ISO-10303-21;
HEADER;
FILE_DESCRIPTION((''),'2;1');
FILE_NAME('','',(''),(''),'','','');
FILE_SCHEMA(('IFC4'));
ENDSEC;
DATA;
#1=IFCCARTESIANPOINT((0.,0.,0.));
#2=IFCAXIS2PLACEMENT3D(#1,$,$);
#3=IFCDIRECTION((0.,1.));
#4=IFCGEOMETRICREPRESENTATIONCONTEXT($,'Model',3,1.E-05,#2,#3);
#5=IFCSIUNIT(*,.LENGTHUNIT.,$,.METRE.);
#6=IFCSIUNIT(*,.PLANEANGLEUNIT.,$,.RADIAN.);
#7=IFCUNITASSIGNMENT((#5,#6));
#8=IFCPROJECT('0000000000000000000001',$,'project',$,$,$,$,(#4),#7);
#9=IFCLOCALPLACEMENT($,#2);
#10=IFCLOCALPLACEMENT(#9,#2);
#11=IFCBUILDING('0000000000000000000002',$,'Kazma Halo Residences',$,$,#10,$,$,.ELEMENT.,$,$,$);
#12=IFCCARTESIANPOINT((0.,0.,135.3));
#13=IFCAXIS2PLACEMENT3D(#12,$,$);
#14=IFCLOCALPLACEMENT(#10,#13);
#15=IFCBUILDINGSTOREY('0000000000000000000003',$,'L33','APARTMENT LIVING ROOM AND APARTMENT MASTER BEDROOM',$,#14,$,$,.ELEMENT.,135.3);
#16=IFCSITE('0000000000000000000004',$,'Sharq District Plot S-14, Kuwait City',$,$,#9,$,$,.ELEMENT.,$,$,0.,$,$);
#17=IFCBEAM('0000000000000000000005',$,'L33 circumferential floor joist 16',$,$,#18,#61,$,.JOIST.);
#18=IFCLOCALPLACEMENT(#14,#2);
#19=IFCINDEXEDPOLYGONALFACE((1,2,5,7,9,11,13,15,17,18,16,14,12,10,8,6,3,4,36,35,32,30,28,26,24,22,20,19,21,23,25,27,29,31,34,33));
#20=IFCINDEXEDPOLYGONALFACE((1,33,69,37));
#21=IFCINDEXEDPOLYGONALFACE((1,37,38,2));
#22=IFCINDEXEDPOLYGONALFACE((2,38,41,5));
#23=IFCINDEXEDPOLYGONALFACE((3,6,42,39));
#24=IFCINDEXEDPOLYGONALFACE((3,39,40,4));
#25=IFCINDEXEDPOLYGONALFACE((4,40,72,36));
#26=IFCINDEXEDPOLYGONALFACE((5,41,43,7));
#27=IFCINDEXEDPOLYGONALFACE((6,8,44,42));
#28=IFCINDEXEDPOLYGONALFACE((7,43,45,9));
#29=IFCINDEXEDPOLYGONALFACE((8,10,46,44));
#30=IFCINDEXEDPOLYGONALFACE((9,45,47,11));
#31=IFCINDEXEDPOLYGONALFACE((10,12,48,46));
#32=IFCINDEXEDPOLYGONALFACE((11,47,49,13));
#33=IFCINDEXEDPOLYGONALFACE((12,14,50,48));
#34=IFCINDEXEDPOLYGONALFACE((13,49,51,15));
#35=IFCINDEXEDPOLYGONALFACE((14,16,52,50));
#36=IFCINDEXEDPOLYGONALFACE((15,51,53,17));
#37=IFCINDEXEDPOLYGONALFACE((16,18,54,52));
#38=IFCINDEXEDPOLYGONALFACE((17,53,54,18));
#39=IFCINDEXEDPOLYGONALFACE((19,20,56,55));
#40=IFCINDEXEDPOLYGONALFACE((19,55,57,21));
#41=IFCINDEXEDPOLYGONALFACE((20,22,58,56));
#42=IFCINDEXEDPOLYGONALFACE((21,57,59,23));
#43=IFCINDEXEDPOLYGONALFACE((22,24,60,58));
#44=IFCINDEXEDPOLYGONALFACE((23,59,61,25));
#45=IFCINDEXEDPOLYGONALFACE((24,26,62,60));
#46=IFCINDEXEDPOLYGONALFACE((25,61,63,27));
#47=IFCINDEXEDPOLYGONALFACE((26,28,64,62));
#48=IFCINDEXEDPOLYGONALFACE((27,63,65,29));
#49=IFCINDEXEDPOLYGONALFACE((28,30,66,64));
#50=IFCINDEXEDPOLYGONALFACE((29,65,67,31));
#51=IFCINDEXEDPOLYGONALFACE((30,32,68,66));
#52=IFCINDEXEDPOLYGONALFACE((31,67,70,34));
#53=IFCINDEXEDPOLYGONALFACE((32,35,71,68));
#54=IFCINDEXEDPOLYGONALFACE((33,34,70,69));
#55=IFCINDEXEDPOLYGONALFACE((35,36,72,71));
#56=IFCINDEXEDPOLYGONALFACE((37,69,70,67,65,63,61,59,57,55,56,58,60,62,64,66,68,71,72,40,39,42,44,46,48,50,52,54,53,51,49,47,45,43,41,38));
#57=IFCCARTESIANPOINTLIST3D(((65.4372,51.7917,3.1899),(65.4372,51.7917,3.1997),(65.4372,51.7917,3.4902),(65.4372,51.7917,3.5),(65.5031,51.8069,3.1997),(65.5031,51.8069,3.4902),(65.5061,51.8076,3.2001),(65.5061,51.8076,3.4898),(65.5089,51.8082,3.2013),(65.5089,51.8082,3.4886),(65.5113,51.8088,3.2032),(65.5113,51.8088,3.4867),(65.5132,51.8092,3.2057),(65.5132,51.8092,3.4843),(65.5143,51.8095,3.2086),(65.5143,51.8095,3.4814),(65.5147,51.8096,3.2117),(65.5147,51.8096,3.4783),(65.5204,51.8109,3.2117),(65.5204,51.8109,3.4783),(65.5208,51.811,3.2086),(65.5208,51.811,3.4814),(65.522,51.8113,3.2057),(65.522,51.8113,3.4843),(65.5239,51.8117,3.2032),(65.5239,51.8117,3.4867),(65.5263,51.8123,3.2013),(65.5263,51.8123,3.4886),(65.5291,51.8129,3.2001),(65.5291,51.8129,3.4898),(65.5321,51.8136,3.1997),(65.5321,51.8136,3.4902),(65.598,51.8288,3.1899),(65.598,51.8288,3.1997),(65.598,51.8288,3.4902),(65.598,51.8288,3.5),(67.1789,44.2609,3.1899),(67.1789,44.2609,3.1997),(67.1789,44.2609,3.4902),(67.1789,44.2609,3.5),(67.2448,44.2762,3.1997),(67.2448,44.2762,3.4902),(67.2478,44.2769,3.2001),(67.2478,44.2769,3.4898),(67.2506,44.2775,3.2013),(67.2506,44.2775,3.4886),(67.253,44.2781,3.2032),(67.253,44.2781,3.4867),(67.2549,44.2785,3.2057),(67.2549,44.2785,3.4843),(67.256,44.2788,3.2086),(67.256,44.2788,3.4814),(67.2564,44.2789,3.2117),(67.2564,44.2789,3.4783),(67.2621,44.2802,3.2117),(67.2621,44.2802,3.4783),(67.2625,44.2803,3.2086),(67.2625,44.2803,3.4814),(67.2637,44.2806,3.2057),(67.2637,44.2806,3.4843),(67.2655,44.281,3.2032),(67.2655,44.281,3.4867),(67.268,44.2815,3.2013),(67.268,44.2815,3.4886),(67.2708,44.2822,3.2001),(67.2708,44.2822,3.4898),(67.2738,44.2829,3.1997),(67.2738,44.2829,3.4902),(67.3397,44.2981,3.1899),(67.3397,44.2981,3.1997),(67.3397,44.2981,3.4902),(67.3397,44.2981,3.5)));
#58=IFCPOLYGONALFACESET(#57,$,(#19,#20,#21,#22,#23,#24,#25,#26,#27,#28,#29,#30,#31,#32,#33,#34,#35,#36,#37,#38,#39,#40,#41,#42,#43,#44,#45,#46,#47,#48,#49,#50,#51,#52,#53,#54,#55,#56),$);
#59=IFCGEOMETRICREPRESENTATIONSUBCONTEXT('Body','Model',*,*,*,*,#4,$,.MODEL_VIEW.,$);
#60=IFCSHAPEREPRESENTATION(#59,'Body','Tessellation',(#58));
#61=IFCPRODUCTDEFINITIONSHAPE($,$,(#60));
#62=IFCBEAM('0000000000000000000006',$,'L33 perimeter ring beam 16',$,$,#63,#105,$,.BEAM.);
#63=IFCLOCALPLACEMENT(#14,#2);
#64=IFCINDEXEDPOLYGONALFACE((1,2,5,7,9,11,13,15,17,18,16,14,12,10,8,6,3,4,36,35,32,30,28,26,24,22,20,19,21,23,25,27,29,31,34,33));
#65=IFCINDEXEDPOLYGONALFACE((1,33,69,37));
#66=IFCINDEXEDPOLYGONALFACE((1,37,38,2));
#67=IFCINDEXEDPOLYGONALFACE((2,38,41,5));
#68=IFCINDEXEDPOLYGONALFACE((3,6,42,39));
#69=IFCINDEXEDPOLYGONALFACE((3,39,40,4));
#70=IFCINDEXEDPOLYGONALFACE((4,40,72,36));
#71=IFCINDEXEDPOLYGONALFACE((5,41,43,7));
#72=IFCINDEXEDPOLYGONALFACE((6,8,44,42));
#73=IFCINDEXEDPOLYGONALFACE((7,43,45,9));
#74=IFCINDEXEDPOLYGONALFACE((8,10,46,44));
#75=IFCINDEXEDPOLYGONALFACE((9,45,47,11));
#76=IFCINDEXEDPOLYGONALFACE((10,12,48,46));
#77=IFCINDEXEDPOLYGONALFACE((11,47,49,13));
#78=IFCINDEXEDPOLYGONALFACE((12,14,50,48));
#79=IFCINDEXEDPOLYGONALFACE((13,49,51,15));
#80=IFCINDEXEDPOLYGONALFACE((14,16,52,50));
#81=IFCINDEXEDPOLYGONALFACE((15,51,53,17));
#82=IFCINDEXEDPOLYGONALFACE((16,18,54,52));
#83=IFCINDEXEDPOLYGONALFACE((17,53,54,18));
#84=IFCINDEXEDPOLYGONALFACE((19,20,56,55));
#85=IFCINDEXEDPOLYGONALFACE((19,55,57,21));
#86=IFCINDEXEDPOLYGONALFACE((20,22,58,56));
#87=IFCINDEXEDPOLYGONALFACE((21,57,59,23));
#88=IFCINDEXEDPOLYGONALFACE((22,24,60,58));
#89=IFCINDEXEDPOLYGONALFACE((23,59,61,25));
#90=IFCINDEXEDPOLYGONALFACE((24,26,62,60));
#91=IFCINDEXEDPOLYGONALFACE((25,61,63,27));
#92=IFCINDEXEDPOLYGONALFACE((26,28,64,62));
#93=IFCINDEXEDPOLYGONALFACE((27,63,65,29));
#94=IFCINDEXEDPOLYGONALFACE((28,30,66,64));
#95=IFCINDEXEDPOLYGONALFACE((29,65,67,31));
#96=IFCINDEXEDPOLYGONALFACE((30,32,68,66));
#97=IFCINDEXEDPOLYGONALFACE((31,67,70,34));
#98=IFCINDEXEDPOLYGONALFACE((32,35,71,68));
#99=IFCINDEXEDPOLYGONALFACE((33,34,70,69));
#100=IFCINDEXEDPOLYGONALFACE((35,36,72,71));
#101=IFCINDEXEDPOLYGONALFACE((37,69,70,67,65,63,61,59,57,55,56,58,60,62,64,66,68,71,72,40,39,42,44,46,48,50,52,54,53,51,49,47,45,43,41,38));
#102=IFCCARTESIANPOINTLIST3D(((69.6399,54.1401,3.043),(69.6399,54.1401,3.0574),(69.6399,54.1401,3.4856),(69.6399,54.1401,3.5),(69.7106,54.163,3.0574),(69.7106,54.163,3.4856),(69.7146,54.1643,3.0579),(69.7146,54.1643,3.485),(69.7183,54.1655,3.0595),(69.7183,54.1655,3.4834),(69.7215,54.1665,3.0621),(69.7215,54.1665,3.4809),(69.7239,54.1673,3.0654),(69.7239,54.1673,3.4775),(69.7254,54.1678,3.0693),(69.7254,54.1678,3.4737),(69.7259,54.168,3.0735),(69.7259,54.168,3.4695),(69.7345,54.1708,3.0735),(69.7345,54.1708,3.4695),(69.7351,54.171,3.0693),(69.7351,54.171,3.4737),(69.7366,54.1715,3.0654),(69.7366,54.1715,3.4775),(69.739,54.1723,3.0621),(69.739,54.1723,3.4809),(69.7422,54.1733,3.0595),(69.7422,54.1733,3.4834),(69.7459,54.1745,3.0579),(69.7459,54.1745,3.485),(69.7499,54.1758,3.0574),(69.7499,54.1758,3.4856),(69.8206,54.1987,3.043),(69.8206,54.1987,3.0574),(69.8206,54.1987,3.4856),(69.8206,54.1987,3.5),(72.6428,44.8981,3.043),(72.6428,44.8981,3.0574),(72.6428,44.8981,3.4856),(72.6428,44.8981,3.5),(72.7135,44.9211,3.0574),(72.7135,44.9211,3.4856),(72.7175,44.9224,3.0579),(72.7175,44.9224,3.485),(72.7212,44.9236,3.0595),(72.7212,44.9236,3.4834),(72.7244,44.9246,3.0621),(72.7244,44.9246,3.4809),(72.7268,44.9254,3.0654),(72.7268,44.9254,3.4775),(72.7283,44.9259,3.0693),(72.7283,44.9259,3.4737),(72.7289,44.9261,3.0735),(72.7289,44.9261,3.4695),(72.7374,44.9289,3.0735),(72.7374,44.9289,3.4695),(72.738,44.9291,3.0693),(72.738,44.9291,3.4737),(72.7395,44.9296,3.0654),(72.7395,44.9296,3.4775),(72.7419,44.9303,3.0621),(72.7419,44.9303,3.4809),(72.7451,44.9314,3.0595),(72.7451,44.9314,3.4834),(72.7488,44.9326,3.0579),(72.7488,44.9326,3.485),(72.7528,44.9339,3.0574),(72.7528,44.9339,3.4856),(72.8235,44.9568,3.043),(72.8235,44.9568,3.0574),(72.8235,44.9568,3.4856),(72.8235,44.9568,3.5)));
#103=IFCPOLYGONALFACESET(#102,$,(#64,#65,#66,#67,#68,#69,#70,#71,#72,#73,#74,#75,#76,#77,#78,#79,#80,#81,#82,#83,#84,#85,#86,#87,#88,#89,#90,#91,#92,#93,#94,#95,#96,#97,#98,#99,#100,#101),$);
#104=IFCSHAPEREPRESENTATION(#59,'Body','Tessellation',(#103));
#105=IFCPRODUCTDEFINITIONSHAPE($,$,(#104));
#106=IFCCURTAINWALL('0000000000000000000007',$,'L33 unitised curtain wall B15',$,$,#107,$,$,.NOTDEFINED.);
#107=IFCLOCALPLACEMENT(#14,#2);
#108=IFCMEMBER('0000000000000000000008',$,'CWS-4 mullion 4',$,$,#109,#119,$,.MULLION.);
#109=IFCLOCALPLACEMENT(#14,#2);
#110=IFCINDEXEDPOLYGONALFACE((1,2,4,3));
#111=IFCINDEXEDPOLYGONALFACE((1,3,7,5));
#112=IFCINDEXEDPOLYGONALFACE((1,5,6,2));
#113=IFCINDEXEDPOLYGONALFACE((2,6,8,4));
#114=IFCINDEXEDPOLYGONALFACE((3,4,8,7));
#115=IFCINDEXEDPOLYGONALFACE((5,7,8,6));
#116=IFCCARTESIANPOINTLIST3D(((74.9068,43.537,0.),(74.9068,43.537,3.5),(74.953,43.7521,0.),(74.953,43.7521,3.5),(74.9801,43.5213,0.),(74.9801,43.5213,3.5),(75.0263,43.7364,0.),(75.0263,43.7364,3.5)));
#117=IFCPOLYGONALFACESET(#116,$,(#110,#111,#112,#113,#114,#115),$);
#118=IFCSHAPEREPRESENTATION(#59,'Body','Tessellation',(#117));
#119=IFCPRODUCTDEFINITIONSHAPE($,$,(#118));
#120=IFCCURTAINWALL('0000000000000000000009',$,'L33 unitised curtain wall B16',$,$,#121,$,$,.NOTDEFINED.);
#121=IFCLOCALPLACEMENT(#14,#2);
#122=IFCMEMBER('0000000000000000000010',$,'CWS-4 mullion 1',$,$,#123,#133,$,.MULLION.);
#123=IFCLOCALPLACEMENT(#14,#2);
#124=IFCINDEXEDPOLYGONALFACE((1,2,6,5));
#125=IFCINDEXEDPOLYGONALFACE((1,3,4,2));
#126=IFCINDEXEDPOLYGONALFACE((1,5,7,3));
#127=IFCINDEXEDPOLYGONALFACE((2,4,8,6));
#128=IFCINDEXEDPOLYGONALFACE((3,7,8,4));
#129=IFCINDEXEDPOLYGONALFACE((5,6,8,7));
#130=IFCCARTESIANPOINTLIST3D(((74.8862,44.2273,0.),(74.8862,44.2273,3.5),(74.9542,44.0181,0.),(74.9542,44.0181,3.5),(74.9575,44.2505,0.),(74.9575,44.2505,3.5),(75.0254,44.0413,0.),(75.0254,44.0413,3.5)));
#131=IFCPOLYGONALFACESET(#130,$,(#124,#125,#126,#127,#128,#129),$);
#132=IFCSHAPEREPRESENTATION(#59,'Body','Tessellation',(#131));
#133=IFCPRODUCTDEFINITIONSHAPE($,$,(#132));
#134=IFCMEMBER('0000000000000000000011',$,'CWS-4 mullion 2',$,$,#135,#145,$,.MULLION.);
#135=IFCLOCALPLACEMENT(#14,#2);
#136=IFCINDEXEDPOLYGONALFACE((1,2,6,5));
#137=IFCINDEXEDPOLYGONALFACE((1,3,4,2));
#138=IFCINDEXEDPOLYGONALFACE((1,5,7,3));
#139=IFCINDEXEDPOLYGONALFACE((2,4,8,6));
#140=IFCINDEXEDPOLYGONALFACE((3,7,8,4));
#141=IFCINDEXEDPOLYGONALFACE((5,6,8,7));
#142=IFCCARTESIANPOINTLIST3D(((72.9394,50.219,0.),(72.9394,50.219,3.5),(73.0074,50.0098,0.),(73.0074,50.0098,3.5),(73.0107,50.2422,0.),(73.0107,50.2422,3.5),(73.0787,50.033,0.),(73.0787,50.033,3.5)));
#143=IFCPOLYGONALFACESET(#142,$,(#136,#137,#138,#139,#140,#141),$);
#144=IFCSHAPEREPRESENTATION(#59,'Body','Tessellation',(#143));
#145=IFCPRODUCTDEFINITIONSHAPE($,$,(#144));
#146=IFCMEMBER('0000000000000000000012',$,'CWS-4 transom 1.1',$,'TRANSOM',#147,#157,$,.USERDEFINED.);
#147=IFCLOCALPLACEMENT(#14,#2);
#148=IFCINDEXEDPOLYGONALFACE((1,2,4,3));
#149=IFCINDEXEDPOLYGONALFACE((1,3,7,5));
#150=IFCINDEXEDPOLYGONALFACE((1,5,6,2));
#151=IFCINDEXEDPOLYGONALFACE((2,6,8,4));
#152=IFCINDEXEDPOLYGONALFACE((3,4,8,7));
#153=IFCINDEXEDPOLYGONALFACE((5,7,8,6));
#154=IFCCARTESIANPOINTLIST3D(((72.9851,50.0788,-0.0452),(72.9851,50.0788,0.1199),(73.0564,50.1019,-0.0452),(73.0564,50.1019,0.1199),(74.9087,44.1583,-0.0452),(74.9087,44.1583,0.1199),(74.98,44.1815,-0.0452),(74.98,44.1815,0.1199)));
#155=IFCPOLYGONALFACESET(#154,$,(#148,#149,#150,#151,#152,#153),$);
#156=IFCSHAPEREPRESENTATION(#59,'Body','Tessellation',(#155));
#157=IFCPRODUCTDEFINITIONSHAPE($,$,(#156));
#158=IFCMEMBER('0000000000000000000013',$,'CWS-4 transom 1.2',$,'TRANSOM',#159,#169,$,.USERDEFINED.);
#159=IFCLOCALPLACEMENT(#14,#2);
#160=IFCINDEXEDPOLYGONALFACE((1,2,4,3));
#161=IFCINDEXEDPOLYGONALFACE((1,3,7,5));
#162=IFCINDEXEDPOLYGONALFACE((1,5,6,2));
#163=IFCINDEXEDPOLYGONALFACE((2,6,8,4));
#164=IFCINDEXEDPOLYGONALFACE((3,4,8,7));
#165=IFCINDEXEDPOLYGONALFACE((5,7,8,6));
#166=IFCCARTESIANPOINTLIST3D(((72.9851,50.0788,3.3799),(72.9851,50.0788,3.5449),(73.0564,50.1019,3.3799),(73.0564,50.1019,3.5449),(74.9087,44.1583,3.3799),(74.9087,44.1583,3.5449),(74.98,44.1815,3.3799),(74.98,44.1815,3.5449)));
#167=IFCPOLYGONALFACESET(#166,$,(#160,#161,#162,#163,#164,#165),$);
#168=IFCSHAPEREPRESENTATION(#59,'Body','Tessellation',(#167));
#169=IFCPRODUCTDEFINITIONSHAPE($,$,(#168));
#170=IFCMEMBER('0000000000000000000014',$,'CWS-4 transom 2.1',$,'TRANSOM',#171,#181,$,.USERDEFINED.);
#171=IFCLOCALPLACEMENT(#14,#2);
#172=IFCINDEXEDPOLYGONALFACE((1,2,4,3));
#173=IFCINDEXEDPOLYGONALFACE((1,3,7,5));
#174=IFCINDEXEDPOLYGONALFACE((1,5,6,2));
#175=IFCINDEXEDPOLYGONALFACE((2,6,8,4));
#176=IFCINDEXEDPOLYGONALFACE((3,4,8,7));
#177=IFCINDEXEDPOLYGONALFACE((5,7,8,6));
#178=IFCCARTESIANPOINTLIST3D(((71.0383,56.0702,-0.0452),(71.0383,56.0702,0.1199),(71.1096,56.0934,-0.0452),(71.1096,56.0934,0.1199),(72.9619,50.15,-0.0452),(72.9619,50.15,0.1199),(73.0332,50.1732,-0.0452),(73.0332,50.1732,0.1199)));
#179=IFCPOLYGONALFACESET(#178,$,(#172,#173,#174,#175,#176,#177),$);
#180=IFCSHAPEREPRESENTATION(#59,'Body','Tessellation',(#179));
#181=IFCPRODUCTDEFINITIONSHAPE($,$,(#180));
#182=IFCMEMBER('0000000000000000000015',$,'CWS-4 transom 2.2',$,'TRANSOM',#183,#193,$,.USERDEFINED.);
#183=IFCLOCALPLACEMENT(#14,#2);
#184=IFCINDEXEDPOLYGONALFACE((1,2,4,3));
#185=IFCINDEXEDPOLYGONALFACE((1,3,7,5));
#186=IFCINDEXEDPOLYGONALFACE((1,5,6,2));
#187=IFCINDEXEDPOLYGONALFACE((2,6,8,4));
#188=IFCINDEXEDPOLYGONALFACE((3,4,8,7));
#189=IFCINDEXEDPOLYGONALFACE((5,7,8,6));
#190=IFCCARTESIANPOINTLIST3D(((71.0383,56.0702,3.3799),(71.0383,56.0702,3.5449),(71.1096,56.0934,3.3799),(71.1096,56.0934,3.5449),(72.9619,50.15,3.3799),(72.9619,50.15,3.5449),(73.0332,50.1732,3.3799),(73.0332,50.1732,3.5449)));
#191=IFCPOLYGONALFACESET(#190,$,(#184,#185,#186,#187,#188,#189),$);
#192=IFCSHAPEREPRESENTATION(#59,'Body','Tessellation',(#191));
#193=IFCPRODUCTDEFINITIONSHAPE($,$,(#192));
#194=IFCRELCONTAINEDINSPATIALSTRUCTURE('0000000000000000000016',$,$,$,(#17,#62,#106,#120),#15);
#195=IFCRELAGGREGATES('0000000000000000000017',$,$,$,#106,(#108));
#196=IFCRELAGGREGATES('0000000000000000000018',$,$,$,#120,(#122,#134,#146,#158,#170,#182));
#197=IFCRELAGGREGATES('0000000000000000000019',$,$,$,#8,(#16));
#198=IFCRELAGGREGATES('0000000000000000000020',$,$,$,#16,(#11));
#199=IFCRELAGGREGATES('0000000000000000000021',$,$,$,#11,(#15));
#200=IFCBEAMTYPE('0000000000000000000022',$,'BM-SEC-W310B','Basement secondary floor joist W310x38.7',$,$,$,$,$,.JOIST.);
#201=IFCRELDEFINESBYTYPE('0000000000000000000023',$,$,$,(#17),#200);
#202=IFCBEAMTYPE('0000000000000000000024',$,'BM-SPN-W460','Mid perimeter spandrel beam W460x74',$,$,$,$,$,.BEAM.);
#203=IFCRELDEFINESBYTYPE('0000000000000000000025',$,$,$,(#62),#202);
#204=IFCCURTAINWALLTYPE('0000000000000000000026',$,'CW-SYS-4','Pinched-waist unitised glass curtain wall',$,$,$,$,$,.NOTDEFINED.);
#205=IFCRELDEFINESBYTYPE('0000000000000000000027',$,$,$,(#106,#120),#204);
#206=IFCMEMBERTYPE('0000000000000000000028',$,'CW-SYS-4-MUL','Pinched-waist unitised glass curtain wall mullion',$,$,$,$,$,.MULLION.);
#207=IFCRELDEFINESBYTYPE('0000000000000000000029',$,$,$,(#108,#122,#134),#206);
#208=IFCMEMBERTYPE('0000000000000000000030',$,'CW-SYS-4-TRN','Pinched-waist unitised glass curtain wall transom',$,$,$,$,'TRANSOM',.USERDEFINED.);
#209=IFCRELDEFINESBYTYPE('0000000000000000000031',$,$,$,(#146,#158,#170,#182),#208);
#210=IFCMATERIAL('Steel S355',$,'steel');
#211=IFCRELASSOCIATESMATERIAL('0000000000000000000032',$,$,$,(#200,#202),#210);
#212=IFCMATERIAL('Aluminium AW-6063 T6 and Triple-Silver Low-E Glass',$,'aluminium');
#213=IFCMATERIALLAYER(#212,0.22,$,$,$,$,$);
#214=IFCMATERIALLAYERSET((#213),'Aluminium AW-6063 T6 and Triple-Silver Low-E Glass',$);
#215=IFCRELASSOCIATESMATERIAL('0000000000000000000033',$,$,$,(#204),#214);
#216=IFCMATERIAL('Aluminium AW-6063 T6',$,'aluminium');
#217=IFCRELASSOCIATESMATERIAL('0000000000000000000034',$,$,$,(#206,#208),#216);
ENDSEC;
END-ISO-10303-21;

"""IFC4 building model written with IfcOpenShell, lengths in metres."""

from ifc_helpers import new_model, si_unit, direction, frame, origin, origin_2d, place, context, subcontext, project, spatial, rectangle, i_section, extrude, material, layer, layer_set, material_profile, profile_set, type_object, element, aggregate, save


model = new_model("IFC4")

# Units and contexts
model_context = context("Model", 3, precision=1e-05, world=origin(), true_north=direction((0.0, 1.0)))
body_context = subcontext(model_context, "Body", "Model", "MODEL_VIEW")
ifc_project = project(units=[si_unit("LENGTHUNIT", "METRE"), si_unit("PLANEANGLEUNIT", "RADIAN")], contexts=[model_context])

# Site, building, storey
site_placement = place(None, origin())
site = spatial("IfcSite", under=ifc_project, at=site_placement, Name="Sharq District Plot S-14, Kuwait City", CompositionType="ELEMENT", RefElevation=0.0)
building_placement = place(site_placement, origin())
building = spatial("IfcBuilding", under=site, at=building_placement, Name="Kazma Halo Residences", CompositionType="ELEMENT")
storey_placement = place(building_placement, frame((0.0, 0.0, 135.3)))
storey = spatial("IfcBuildingStorey", under=building, at=storey_placement, Name="L33", Description="APARTMENT LIVING ROOM AND APARTMENT MASTER BEDROOM", CompositionType="ELEMENT", Elevation=135.3)

# Beams
ifc_material_1 = material(Name="Steel S355", Category="steel")
ifc_material_profile_1 = material_profile(ifc_material_1, i_section(OverallWidth=0.165, OverallDepth=0.3101, WebThickness=0.0059, FlangeThickness=0.0098, FilletRadius=0.012, at=origin_2d()), Name="W310x38.7")
ifc_profile_set_1 = profile_set([ifc_material_profile_1], Name="Steel S355")
beam_type_1 = type_object("IfcBeamType", Name="BM-SEC-W310B", Description="Basement secondary floor joist W310x38.7", PredefinedType="JOIST", material=ifc_profile_set_1)
beam_1_placement = place(storey_placement, frame((67.2593, 44.2795, 3.345), z_axis=(-0.22533, 0.974282, 0.0), x_axis=(-0.974282, -0.22533, 0.0)))
element("IfcBeam", 1, at=beam_1_placement, inside=storey, type_object=beam_type_1, Name="L33 circumferential floor joist 16", PredefinedType="JOIST", context=body_context, shape_type="SweptSolid", body=[
    extrude(i_section(OverallWidth=0.165, OverallDepth=0.3101, WebThickness=0.0059, FlangeThickness=0.0098, FilletRadius=0.012, at=origin_2d()), origin(), (0.0, 0.0, 1.0), 7.7295),
])
ifc_material_profile_2 = material_profile(ifc_material_1, i_section(OverallWidth=0.1899, OverallDepth=0.457, WebThickness=0.009, FlangeThickness=0.0144, FilletRadius=0.0161, at=origin_2d()), Name="W460x74")
ifc_profile_set_2 = profile_set([ifc_material_profile_2], Name="Steel S355")
beam_type_2 = type_object("IfcBeamType", Name="BM-SPN-W460", Description="Mid perimeter spandrel beam W460x74", PredefinedType="BEAM", material=ifc_profile_set_2)
beam_2_placement = place(storey_placement, frame((72.7332, 44.9275, 3.2715), z_axis=(-0.309021, 0.951055, 0.0), x_axis=(-0.951055, -0.309021, 0.0)))
element("IfcBeam", 2, at=beam_2_placement, inside=storey, type_object=beam_type_2, Name="L33 perimeter ring beam 16", PredefinedType="BEAM", context=body_context, shape_type="SweptSolid", body=[
    extrude(i_section(OverallWidth=0.1899, OverallDepth=0.457, WebThickness=0.009, FlangeThickness=0.0144, FilletRadius=0.0161, at=origin_2d()), origin(), (0.0, 0.0, 1.0), 9.7175),
])

# Curtain wall, member
ifc_material_2 = material(Name="Aluminium AW-6063 T6 and Triple-Silver Low-E Glass", Category="aluminium")
ifc_layer_1 = layer(ifc_material_2, 0.22)
ifc_layer_set_1 = layer_set([ifc_layer_1], Name="Aluminium AW-6063 T6 and Triple-Silver Low-E Glass")
curtain_wall_type = type_object("IfcCurtainWallType", Name="CW-SYS-4", Description="Pinched-waist unitised glass curtain wall", PredefinedType="NOTDEFINED", material=ifc_layer_set_1)
curtain_wall_1_placement = place(storey_placement, origin())
curtain_wall_1 = element("IfcCurtainWall", 3, at=curtain_wall_1_placement, inside=storey, type_object=curtain_wall_type, Name="L33 unitised curtain wall B15", PredefinedType="NOTDEFINED")
ifc_material_3 = material(Name="Aluminium AW-6063 T6", Category="aluminium")
ifc_material_profile_3 = material_profile(ifc_material_3, rectangle(XDim=0.075, YDim=0.22, at=origin_2d()), Name="CWM-75x220")
ifc_profile_set_3 = profile_set([ifc_material_profile_3], Name="Aluminium AW-6063 T6")
member_type_1 = type_object("IfcMemberType", Name="CW-SYS-4-MUL", Description="Pinched-waist unitised glass curtain wall mullion", PredefinedType="MULLION", material=ifc_profile_set_3)
member_1_placement = place(storey_placement, frame((74.9666, 43.6367, 0.0), z_axis=(0.0, 0.0, 1.0), x_axis=(-0.977765, 0.209704, 0.0)))
member_1 = element("IfcMember", 4, at=member_1_placement, type_object=member_type_1, Name="CWS-4 mullion 4", PredefinedType="MULLION", context=body_context, shape_type="SweptSolid", body=[
    extrude(rectangle(XDim=0.075, YDim=0.22, at=origin_2d()), origin(), (0.0, 0.0, 1.0), 3.5),
])
aggregate(curtain_wall_1, [member_1])

# Curtain wall, members
curtain_wall_2_placement = place(storey_placement, origin())
curtain_wall_2 = element("IfcCurtainWall", 5, at=curtain_wall_2_placement, inside=storey, type_object=curtain_wall_type, Name="L33 unitised curtain wall B16", PredefinedType="NOTDEFINED")
member_2_placement = place(storey_placement, frame((74.9558, 44.1343, 0.0), z_axis=(0.0, 0.0, 1.0), x_axis=(-0.951058, -0.309014, 0.0)))
member_2 = element("IfcMember", 6, at=member_2_placement, type_object=member_type_1, Name="CWS-4 mullion 1", PredefinedType="MULLION", context=body_context, shape_type="SweptSolid", body=[
    extrude(rectangle(XDim=0.075, YDim=0.22, at=origin_2d()), origin(), (0.0, 0.0, 1.0), 3.5),
])
member_3_placement = place(storey_placement, frame((73.009, 50.126, 0.0), z_axis=(0.0, 0.0, 1.0), x_axis=(-0.951058, -0.309014, 0.0)))
member_3 = element("IfcMember", 7, at=member_3_placement, type_object=member_type_1, Name="CWS-4 mullion 2", PredefinedType="MULLION", context=body_context, shape_type="SweptSolid", body=[
    extrude(rectangle(XDim=0.075, YDim=0.22, at=origin_2d()), origin(), (0.0, 0.0, 1.0), 3.5),
])
ifc_material_profile_4 = material_profile(ifc_material_3, rectangle(XDim=0.075, YDim=0.165, at=origin_2d()), Name="CWT-75x165")
ifc_profile_set_4 = profile_set([ifc_material_profile_4], Name="Aluminium AW-6063 T6")
member_type_2 = type_object("IfcMemberType", Name="CW-SYS-4-TRN", Description="Pinched-waist unitised glass curtain wall transom", ElementType="TRANSOM", PredefinedType="USERDEFINED", material=ifc_profile_set_4)
member_4_placement = place(storey_placement, frame((74.9443, 44.1699, 0.0374), z_axis=(-0.309006, 0.95106, 0.0), x_axis=(-0.95106, -0.309006, 0.0)))
member_4 = element("IfcMember", 8, at=member_4_placement, type_object=member_type_2, Name="CWS-4 transom 1.1", ObjectType="TRANSOM", PredefinedType="USERDEFINED", context=body_context, shape_type="SweptSolid", body=[
    extrude(rectangle(XDim=0.075, YDim=0.165, at=origin_2d()), origin(), (0.0, 0.0, 1.0), 6.2251),
])
member_5_placement = place(storey_placement, frame((74.9443, 44.1699, 3.4624), z_axis=(-0.309006, 0.95106, 0.0), x_axis=(-0.95106, -0.309006, 0.0)))
member_5 = element("IfcMember", 9, at=member_5_placement, type_object=member_type_2, Name="CWS-4 transom 1.2", ObjectType="TRANSOM", PredefinedType="USERDEFINED", context=body_context, shape_type="SweptSolid", body=[
    extrude(rectangle(XDim=0.075, YDim=0.165, at=origin_2d()), origin(), (0.0, 0.0, 1.0), 6.2251),
])
member_6_placement = place(storey_placement, frame((72.9976, 50.1616, 0.0374), z_axis=(-0.309018, 0.951056, 0.0), x_axis=(-0.951056, -0.309018, 0.0)))
member_6 = element("IfcMember", 10, at=member_6_placement, type_object=member_type_2, Name="CWS-4 transom 2.1", ObjectType="TRANSOM", PredefinedType="USERDEFINED", context=body_context, shape_type="SweptSolid", body=[
    extrude(rectangle(XDim=0.075, YDim=0.165, at=origin_2d()), origin(), (0.0, 0.0, 1.0), 6.2249),
])
member_7_placement = place(storey_placement, frame((72.9976, 50.1616, 3.4624), z_axis=(-0.309018, 0.951056, 0.0), x_axis=(-0.951056, -0.309018, 0.0)))
member_7 = element("IfcMember", 11, at=member_7_placement, type_object=member_type_2, Name="CWS-4 transom 2.2", ObjectType="TRANSOM", PredefinedType="USERDEFINED", context=body_context, shape_type="SweptSolid", body=[
    extrude(rectangle(XDim=0.075, YDim=0.165, at=origin_2d()), origin(), (0.0, 0.0, 1.0), 6.2249),
])
aggregate(curtain_wall_2, [member_2, member_3, member_4, member_5, member_6, member_7])

save(model, "model.ifc")
